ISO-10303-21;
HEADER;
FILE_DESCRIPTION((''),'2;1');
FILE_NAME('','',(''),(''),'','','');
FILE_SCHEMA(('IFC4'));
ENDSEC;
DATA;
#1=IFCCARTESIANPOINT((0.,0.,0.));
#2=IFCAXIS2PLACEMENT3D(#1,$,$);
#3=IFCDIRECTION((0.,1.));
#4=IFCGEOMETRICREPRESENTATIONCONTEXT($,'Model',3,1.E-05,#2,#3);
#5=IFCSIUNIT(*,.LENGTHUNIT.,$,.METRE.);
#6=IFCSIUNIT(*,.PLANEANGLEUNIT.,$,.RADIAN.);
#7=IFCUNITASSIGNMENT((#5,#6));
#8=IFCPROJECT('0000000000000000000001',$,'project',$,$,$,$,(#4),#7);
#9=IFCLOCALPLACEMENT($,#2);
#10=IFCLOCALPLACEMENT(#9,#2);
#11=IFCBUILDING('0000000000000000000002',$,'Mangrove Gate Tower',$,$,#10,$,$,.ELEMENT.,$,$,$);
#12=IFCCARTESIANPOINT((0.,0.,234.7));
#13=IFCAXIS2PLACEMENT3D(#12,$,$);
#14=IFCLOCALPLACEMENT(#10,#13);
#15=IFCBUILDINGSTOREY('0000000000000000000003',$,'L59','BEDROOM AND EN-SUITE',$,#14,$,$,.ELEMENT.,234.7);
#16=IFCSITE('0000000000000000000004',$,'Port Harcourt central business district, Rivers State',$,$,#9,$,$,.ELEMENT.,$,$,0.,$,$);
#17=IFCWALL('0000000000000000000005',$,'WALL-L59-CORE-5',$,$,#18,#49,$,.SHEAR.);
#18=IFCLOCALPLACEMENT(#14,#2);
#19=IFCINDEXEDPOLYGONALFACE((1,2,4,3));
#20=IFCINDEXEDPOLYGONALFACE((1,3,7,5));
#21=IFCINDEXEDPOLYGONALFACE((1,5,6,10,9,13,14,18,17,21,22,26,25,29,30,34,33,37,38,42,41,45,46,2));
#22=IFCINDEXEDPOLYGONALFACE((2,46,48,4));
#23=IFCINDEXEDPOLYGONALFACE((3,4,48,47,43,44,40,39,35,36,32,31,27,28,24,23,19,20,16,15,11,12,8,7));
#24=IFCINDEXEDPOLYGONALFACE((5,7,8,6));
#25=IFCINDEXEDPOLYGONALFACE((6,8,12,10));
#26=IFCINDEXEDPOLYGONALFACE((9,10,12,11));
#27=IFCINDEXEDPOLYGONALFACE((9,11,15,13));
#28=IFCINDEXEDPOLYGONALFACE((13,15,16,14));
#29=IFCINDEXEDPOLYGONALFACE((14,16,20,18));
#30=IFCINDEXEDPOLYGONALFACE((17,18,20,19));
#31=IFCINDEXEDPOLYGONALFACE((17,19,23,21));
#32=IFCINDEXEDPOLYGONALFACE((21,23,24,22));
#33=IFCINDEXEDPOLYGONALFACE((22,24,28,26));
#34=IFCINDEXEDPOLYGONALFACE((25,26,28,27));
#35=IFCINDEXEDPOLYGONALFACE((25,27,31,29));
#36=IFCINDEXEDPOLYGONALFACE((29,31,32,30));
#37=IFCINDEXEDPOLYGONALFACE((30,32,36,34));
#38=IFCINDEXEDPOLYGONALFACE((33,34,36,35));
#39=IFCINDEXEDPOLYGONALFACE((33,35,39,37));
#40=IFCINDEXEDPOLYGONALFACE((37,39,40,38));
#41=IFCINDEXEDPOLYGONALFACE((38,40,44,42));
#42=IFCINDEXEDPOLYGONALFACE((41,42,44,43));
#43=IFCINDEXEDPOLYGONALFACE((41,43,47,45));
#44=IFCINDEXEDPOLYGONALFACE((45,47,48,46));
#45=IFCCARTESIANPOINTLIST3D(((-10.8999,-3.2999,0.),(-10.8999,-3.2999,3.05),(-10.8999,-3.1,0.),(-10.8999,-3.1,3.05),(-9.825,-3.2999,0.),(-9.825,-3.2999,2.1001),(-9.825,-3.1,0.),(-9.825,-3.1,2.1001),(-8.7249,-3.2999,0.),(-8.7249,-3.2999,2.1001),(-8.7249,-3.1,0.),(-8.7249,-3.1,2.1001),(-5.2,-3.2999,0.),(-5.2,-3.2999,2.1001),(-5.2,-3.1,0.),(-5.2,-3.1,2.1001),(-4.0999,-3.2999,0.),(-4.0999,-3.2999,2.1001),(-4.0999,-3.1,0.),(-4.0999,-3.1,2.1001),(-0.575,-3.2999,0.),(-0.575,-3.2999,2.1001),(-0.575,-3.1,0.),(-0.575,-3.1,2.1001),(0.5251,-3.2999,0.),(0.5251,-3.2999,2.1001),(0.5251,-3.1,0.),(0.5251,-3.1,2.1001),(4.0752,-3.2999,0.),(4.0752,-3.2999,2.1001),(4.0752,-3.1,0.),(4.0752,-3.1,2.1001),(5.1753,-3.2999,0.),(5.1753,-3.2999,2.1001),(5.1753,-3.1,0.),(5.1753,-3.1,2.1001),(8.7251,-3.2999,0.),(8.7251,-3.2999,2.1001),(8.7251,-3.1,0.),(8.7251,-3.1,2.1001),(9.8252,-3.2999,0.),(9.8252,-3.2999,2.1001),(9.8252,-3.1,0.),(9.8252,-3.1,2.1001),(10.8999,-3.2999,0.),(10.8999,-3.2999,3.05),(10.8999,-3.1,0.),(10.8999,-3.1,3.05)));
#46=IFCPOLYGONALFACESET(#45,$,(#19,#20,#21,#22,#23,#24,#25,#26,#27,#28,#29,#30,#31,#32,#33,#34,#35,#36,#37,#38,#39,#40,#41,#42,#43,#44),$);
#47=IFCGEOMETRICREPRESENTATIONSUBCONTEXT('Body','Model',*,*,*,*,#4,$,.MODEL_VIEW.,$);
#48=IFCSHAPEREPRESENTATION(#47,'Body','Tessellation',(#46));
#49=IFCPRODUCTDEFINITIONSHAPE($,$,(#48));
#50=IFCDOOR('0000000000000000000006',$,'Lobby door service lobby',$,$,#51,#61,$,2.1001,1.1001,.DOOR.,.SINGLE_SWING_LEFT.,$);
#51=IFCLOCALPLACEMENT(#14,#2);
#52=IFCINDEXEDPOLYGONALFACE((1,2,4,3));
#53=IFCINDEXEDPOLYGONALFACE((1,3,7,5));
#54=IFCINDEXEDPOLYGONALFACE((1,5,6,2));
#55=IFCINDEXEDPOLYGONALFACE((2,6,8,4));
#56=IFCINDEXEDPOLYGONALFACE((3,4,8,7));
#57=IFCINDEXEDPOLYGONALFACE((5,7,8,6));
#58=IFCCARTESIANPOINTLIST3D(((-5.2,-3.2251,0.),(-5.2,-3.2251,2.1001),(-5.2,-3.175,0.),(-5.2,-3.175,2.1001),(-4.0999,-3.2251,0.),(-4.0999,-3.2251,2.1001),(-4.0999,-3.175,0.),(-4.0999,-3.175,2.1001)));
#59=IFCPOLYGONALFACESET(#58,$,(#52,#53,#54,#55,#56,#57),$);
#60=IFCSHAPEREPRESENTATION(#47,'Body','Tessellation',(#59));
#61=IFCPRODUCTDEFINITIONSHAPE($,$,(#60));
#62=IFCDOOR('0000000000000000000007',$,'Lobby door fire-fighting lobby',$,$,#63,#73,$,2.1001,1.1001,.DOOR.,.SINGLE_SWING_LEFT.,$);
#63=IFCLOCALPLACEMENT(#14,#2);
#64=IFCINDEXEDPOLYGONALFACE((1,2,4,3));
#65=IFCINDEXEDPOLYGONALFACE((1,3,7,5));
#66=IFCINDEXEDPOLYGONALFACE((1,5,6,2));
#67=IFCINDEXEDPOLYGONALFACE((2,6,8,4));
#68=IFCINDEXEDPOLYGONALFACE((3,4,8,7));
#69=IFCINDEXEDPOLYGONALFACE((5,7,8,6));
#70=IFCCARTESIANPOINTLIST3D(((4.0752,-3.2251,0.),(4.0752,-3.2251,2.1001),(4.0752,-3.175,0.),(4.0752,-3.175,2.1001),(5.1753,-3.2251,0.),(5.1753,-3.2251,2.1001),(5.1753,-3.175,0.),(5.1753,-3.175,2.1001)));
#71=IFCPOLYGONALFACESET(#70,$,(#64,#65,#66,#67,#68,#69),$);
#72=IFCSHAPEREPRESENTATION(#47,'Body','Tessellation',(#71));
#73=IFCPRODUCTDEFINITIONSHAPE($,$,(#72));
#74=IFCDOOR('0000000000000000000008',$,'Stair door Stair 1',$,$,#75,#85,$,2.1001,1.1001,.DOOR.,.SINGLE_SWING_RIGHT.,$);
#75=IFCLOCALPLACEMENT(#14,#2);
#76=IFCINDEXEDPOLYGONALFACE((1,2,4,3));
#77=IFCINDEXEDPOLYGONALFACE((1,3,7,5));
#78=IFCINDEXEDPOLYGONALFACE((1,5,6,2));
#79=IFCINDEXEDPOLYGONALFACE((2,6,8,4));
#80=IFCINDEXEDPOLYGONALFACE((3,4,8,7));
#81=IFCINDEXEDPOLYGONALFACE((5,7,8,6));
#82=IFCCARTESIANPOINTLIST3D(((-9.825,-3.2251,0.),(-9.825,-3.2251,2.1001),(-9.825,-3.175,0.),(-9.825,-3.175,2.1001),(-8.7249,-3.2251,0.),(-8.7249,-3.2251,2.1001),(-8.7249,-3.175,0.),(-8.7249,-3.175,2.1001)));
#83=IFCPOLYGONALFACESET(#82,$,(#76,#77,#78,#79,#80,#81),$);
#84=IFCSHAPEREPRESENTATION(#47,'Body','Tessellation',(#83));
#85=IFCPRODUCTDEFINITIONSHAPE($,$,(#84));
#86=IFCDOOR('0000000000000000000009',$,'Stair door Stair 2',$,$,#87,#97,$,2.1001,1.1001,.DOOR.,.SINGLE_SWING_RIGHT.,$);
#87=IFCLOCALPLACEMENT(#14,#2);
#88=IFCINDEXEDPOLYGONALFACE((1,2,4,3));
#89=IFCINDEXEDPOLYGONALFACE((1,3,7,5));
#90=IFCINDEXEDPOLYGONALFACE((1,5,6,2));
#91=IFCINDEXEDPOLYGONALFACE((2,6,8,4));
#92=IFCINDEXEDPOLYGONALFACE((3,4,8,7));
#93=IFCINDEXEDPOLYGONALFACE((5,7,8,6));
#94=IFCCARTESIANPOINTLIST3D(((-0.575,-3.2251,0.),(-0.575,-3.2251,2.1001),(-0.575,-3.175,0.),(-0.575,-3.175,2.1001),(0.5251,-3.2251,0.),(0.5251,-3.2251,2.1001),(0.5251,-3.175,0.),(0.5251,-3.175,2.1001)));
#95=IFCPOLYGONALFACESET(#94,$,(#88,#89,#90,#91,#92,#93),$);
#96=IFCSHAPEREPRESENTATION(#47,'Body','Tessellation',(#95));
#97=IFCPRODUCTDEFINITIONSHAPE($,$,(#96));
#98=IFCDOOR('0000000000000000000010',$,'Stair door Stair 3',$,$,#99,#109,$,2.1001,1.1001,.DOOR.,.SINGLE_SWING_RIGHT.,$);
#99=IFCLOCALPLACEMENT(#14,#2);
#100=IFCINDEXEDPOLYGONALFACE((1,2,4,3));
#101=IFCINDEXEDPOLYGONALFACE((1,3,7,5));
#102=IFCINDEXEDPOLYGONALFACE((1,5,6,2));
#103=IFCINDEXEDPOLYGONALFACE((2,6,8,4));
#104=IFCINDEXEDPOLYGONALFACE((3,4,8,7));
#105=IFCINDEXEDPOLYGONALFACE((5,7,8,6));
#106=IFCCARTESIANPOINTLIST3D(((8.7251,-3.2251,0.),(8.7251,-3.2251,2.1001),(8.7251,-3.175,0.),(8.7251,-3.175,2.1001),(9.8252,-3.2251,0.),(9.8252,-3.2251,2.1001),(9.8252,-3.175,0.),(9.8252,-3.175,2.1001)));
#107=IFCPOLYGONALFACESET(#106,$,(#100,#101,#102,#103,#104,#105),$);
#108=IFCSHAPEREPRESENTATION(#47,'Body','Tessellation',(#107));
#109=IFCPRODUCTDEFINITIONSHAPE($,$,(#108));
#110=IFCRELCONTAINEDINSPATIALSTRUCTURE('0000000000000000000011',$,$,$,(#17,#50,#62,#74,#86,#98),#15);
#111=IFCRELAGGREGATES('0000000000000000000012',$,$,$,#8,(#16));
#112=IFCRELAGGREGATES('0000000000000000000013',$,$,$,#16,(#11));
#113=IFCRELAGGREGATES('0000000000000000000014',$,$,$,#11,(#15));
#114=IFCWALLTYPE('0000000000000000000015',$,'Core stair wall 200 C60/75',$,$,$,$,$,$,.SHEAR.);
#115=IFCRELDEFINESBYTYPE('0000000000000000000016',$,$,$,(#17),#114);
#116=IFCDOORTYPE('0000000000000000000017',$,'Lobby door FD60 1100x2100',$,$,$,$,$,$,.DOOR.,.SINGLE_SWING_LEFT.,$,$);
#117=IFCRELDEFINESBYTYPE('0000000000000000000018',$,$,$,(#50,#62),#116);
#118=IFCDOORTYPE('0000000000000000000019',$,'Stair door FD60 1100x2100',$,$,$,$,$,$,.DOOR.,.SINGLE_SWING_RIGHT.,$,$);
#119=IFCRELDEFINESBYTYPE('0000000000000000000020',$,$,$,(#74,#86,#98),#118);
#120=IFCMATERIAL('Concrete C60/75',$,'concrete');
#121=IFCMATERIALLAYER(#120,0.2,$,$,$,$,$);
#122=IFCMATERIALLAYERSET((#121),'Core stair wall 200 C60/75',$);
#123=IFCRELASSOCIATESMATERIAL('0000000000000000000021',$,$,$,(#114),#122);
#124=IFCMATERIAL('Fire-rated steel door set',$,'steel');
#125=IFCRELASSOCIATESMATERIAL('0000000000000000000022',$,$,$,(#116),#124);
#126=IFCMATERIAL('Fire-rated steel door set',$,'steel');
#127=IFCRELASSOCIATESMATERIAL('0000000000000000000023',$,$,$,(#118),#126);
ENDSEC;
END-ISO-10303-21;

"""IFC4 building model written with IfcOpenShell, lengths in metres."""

from ifc_helpers import new_model, si_unit, direction, frame, frame_2d, origin, place, context, subcontext, project, spatial, rectangle, extrude, material, layer, layer_set, type_object, element, fill, save


model = new_model("IFC4")

# Units and contexts
model_context = context("Model", 3, precision=1e-05, world=origin(), true_north=direction((0.0, 1.0)))
body_context = subcontext(model_context, "Body", "Model", "MODEL_VIEW")
ifc_project = project(units=[si_unit("LENGTHUNIT", "METRE"), si_unit("PLANEANGLEUNIT", "RADIAN")], contexts=[model_context])

# Site, building, storey
site_placement = place(None, origin())
site = spatial("IfcSite", under=ifc_project, at=site_placement, Name="Port Harcourt central business district, Rivers State", CompositionType="ELEMENT", RefElevation=0.0)
building_placement = place(site_placement, origin())
building = spatial("IfcBuilding", under=site, at=building_placement, Name="Mangrove Gate Tower", CompositionType="ELEMENT")
storey_placement = place(building_placement, frame((0.0, 0.0, 234.7)))
storey = spatial("IfcBuildingStorey", under=building, at=storey_placement, Name="L59", Description="BEDROOM AND EN-SUITE", CompositionType="ELEMENT", Elevation=234.7)

# Wall, openings, doors
ifc_material_1 = material(Name="Concrete C60/75", Category="concrete")
ifc_layer_1 = layer(ifc_material_1, 0.2)
ifc_layer_set_1 = layer_set([ifc_layer_1], Name="Core stair wall 200 C60/75")
wall_type_1 = type_object("IfcWallType", Name="Core stair wall 200 C60/75", PredefinedType="SHEAR", material=ifc_layer_set_1)
wall_1_placement = place(storey_placement, frame((-10.8999, -3.2, 0.0), z_axis=(0.0, 0.0, 1.0), x_axis=(1.0, 0.0, 0.0)))
wall_1 = element("IfcWall", 1, at=wall_1_placement, inside=storey, type_object=wall_type_1, Name="WALL-L59-CORE-5", PredefinedType="SHEAR", context=body_context, shape_type="SweptSolid", body=[
    extrude(rectangle(XDim=21.7998, YDim=0.2, at=frame_2d((10.8999, 0.0))), origin(), (0.0, 0.0, 1.0), 3.05),
])
opening_1_placement = place(wall_1_placement, frame((1.075, 0.0, 0.0)))
opening_1 = element("IfcOpeningElement", 2, at=opening_1_placement, cuts=wall_1, PredefinedType="OPENING", context=body_context, shape_type="SweptSolid", body=[
    extrude(rectangle(XDim=1.1001, YDim=2.1001, at=frame_2d((0.55, 1.05))), frame((0.0, 0.1099, 0.0), z_axis=(0.0, -1.0, 0.0), x_axis=(1.0, 0.0, 0.0)), (0.0, 0.0, 1.0), 0.22),
])
opening_2_placement = place(wall_1_placement, frame((10.325, 0.0, 0.0)))
opening_2 = element("IfcOpeningElement", 3, at=opening_2_placement, cuts=wall_1, PredefinedType="OPENING", context=body_context, shape_type="SweptSolid", body=[
    extrude(rectangle(XDim=1.1001, YDim=2.1001, at=frame_2d((0.55, 1.05))), frame((0.0, 0.1099, 0.0), z_axis=(0.0, -1.0, 0.0), x_axis=(1.0, 0.0, 0.0)), (0.0, 0.0, 1.0), 0.22),
])
opening_3_placement = place(wall_1_placement, frame((19.625, 0.0, 0.0)))
opening_3 = element("IfcOpeningElement", 4, at=opening_3_placement, cuts=wall_1, PredefinedType="OPENING", context=body_context, shape_type="SweptSolid", body=[
    extrude(rectangle(XDim=1.1001, YDim=2.1001, at=frame_2d((0.55, 1.05))), frame((0.0, 0.1099, 0.0), z_axis=(0.0, -1.0, 0.0), x_axis=(1.0, 0.0, 0.0)), (0.0, 0.0, 1.0), 0.22),
])
opening_4_placement = place(wall_1_placement, frame((5.7, 0.0, 0.0)))
opening_4 = element("IfcOpeningElement", 5, at=opening_4_placement, cuts=wall_1, PredefinedType="OPENING", context=body_context, shape_type="SweptSolid", body=[
    extrude(rectangle(XDim=1.1001, YDim=2.1001, at=frame_2d((0.55, 1.05))), frame((0.0, 0.1099, 0.0), z_axis=(0.0, -1.0, 0.0), x_axis=(1.0, 0.0, 0.0)), (0.0, 0.0, 1.0), 0.22),
])
opening_5_placement = place(wall_1_placement, frame((14.9751, 0.0, 0.0)))
opening_5 = element("IfcOpeningElement", 6, at=opening_5_placement, cuts=wall_1, PredefinedType="OPENING", context=body_context, shape_type="SweptSolid", body=[
    extrude(rectangle(XDim=1.1001, YDim=2.1001, at=frame_2d((0.55, 1.05))), frame((0.0, 0.1099, 0.0), z_axis=(0.0, -1.0, 0.0), x_axis=(1.0, 0.0, 0.0)), (0.0, 0.0, 1.0), 0.22),
])
ifc_material_2 = material(Name="Fire-rated steel door set", Category="steel")
door_type_1 = type_object("IfcDoorType", Name="Lobby door FD60 1100x2100", OperationType="SINGLE_SWING_LEFT", PredefinedType="DOOR", material=ifc_material_2)
door_1_placement = place(opening_4_placement, origin())
door_1 = element("IfcDoor", 7, at=door_1_placement, inside=storey, type_object=door_type_1, Name="Lobby door service lobby", OperationType="SINGLE_SWING_LEFT", OverallHeight=2.1001, OverallWidth=1.1001, PredefinedType="DOOR", context=body_context, shape_type="SweptSolid", body=[
    extrude(rectangle(XDim=1.1001, YDim=2.1001, at=frame_2d((0.55, 1.05))), frame((0.0, 0.0249, 0.0), z_axis=(0.0, -1.0, 0.0), x_axis=(1.0, 0.0, 0.0)), (0.0, 0.0, 1.0), 0.05),
])
fill(opening_4, door_1)
door_2_placement = place(opening_5_placement, origin())
door_2 = element("IfcDoor", 8, at=door_2_placement, inside=storey, type_object=door_type_1, Name="Lobby door fire-fighting lobby", OperationType="SINGLE_SWING_LEFT", OverallHeight=2.1001, OverallWidth=1.1001, PredefinedType="DOOR", context=body_context, shape_type="SweptSolid", body=[
    extrude(rectangle(XDim=1.1001, YDim=2.1001, at=frame_2d((0.55, 1.05))), frame((0.0, 0.0249, 0.0), z_axis=(0.0, -1.0, 0.0), x_axis=(1.0, 0.0, 0.0)), (0.0, 0.0, 1.0), 0.05),
])
fill(opening_5, door_2)
ifc_material_3 = material(Name="Fire-rated steel door set", Category="steel")
door_type_2 = type_object("IfcDoorType", Name="Stair door FD60 1100x2100", OperationType="SINGLE_SWING_RIGHT", PredefinedType="DOOR", material=ifc_material_3)
door_3_placement = place(opening_1_placement, origin())
door_3 = element("IfcDoor", 9, at=door_3_placement, inside=storey, type_object=door_type_2, Name="Stair door Stair 1", OperationType="SINGLE_SWING_RIGHT", OverallHeight=2.1001, OverallWidth=1.1001, PredefinedType="DOOR", context=body_context, shape_type="SweptSolid", body=[
    extrude(rectangle(XDim=1.1001, YDim=2.1001, at=frame_2d((0.55, 1.05))), frame((0.0, 0.0249, 0.0), z_axis=(0.0, -1.0, 0.0), x_axis=(1.0, 0.0, 0.0)), (0.0, 0.0, 1.0), 0.05),
])
fill(opening_1, door_3)
door_4_placement = place(opening_2_placement, origin())
door_4 = element("IfcDoor", 10, at=door_4_placement, inside=storey, type_object=door_type_2, Name="Stair door Stair 2", OperationType="SINGLE_SWING_RIGHT", OverallHeight=2.1001, OverallWidth=1.1001, PredefinedType="DOOR", context=body_context, shape_type="SweptSolid", body=[
    extrude(rectangle(XDim=1.1001, YDim=2.1001, at=frame_2d((0.55, 1.05))), frame((0.0, 0.0249, 0.0), z_axis=(0.0, -1.0, 0.0), x_axis=(1.0, 0.0, 0.0)), (0.0, 0.0, 1.0), 0.05),
])
fill(opening_2, door_4)
door_5_placement = place(opening_3_placement, origin())
door_5 = element("IfcDoor", 11, at=door_5_placement, inside=storey, type_object=door_type_2, Name="Stair door Stair 3", OperationType="SINGLE_SWING_RIGHT", OverallHeight=2.1001, OverallWidth=1.1001, PredefinedType="DOOR", context=body_context, shape_type="SweptSolid", body=[
    extrude(rectangle(XDim=1.1001, YDim=2.1001, at=frame_2d((0.55, 1.05))), frame((0.0, 0.0249, 0.0), z_axis=(0.0, -1.0, 0.0), x_axis=(1.0, 0.0, 0.0)), (0.0, 0.0, 1.0), 0.05),
])
fill(opening_3, door_5)

save(model, "model.ifc")
